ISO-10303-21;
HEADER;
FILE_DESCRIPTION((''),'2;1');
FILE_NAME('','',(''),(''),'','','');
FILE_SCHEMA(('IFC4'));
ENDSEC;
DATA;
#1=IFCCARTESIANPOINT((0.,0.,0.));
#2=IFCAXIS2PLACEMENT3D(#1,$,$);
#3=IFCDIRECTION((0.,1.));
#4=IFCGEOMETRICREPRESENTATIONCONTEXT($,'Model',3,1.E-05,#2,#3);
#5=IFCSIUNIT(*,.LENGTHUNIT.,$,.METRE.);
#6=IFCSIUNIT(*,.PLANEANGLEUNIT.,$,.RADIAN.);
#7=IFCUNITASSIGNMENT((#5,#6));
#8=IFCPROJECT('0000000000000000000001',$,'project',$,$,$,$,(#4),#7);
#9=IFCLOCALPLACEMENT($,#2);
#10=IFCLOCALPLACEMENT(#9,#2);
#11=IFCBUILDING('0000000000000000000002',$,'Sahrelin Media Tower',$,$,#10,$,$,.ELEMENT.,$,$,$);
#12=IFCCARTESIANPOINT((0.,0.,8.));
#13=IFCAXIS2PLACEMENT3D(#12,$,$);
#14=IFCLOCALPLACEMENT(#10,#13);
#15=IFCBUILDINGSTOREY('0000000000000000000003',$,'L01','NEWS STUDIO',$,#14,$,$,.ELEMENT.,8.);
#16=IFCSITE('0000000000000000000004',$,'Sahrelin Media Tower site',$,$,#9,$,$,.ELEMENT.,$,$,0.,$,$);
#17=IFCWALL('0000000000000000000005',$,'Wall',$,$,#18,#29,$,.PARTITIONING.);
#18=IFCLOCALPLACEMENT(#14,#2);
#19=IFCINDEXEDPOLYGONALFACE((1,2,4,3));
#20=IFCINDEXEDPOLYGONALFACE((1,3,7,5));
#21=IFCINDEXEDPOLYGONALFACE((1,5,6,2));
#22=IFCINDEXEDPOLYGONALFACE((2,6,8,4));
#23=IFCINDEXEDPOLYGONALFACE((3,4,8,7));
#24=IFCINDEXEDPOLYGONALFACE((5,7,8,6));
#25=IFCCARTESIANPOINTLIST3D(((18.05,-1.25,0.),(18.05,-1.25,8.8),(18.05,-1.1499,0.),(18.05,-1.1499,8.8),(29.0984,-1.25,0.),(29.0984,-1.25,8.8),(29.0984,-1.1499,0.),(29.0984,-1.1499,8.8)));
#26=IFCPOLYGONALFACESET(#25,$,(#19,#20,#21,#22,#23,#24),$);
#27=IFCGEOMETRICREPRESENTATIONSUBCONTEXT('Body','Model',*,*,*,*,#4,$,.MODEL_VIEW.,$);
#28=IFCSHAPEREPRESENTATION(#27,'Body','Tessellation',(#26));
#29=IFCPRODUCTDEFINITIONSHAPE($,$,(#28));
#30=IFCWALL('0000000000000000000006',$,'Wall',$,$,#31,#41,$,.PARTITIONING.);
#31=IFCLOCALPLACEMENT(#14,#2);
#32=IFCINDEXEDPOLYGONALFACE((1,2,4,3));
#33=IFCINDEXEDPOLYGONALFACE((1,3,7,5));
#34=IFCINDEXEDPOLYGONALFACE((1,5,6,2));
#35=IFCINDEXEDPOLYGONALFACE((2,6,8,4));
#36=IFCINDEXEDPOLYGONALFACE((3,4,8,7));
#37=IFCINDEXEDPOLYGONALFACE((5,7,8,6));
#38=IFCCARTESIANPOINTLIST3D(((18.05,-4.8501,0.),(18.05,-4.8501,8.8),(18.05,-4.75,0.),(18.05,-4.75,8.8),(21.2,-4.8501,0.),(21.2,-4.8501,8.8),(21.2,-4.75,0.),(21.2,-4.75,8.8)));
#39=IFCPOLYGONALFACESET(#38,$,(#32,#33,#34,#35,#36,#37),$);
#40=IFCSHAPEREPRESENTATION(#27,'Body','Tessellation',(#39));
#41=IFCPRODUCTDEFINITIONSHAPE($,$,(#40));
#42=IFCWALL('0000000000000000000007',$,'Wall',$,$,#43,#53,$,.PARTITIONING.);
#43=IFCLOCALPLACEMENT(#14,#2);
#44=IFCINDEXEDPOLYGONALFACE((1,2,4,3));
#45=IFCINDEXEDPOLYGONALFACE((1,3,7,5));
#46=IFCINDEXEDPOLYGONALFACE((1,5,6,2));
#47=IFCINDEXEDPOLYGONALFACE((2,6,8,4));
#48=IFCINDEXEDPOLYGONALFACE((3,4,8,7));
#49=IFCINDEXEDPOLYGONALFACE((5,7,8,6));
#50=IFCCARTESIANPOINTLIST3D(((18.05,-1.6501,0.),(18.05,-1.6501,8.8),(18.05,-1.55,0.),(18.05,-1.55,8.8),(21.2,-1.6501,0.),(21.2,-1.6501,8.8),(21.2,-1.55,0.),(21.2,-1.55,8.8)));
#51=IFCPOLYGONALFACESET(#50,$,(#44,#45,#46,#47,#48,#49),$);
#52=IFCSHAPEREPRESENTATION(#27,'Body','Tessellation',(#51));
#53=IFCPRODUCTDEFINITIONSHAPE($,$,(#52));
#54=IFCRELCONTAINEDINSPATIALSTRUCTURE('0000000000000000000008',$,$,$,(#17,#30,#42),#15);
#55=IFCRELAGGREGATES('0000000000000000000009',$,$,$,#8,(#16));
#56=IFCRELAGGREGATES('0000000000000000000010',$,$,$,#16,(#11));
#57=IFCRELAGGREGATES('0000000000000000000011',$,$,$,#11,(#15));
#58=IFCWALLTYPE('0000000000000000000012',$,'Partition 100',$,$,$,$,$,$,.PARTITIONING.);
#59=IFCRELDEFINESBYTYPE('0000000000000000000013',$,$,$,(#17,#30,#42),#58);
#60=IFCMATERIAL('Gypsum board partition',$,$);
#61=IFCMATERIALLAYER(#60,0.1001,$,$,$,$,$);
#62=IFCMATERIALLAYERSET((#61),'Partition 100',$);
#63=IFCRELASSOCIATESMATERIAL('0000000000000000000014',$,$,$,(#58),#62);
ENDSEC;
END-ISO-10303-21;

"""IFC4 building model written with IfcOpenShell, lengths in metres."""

from ifc_helpers import new_model, si_unit, direction, frame, frame_2d, origin, place, context, subcontext, project, spatial, rectangle, extrude, material, layer, layer_set, type_object, element, save


model = new_model("IFC4")

# Units and contexts
model_context = context("Model", 3, precision=1e-05, world=origin(), true_north=direction((0.0, 1.0)))
body_context = subcontext(model_context, "Body", "Model", "MODEL_VIEW")
ifc_project = project(units=[si_unit("LENGTHUNIT", "METRE"), si_unit("PLANEANGLEUNIT", "RADIAN")], contexts=[model_context])

# Site, building, storey
site_placement = place(None, origin())
site = spatial("IfcSite", under=ifc_project, at=site_placement, Name="Sahrelin Media Tower site", CompositionType="ELEMENT", RefElevation=0.0)
building_placement = place(site_placement, origin())
building = spatial("IfcBuilding", under=site, at=building_placement, Name="Sahrelin Media Tower", CompositionType="ELEMENT")
storey_placement = place(building_placement, frame((0.0, 0.0, 8.0)))
storey = spatial("IfcBuildingStorey", under=building, at=storey_placement, Name="L01", Description="NEWS STUDIO", CompositionType="ELEMENT", Elevation=8.0)

# Walls
ifc_material_1 = material(Name="Gypsum board partition")
ifc_layer_1 = layer(ifc_material_1, 0.1001)
ifc_layer_set_1 = layer_set([ifc_layer_1], Name="Partition 100")
wall_type_1 = type_object("IfcWallType", Name="Partition 100", PredefinedType="PARTITIONING", material=ifc_layer_set_1)
wall_1_placement = place(storey_placement, frame((18.05, -1.2, 0.0), z_axis=(0.0, 0.0, 1.0), x_axis=(1.0, 0.0, 0.0)))
element("IfcWall", 1, at=wall_1_placement, inside=storey, type_object=wall_type_1, Name="Wall", PredefinedType="PARTITIONING", context=body_context, shape_type="SweptSolid", body=[
    extrude(rectangle(XDim=11.0483, YDim=0.1001, at=frame_2d((5.5242, 0.0))), origin(), (0.0, 0.0, 1.0), 8.8),
])
for number, where, z_axis, x_axis, name in (
    (2, (18.05, -4.8, 0.0), (0.0, 0.0, 1.0), (1.0, 0.0, 0.0), "Wall"),
    (3, (18.05, -1.6001, 0.0), (0.0, 0.0, 1.0), (1.0, 0.0, 0.0), "Wall"),
):
    element("IfcWall", number, at=place(storey_placement, frame(where, z_axis=z_axis, x_axis=x_axis)), inside=storey, type_object=wall_type_1, Name=name, PredefinedType="PARTITIONING", context=body_context, shape_type="SweptSolid", body=[
        extrude(rectangle(XDim=3.1499, YDim=0.1001, at=frame_2d((1.575, 0.0))), origin(), (0.0, 0.0, 1.0), 8.8),
    ])

save(model, "model.ifc")
